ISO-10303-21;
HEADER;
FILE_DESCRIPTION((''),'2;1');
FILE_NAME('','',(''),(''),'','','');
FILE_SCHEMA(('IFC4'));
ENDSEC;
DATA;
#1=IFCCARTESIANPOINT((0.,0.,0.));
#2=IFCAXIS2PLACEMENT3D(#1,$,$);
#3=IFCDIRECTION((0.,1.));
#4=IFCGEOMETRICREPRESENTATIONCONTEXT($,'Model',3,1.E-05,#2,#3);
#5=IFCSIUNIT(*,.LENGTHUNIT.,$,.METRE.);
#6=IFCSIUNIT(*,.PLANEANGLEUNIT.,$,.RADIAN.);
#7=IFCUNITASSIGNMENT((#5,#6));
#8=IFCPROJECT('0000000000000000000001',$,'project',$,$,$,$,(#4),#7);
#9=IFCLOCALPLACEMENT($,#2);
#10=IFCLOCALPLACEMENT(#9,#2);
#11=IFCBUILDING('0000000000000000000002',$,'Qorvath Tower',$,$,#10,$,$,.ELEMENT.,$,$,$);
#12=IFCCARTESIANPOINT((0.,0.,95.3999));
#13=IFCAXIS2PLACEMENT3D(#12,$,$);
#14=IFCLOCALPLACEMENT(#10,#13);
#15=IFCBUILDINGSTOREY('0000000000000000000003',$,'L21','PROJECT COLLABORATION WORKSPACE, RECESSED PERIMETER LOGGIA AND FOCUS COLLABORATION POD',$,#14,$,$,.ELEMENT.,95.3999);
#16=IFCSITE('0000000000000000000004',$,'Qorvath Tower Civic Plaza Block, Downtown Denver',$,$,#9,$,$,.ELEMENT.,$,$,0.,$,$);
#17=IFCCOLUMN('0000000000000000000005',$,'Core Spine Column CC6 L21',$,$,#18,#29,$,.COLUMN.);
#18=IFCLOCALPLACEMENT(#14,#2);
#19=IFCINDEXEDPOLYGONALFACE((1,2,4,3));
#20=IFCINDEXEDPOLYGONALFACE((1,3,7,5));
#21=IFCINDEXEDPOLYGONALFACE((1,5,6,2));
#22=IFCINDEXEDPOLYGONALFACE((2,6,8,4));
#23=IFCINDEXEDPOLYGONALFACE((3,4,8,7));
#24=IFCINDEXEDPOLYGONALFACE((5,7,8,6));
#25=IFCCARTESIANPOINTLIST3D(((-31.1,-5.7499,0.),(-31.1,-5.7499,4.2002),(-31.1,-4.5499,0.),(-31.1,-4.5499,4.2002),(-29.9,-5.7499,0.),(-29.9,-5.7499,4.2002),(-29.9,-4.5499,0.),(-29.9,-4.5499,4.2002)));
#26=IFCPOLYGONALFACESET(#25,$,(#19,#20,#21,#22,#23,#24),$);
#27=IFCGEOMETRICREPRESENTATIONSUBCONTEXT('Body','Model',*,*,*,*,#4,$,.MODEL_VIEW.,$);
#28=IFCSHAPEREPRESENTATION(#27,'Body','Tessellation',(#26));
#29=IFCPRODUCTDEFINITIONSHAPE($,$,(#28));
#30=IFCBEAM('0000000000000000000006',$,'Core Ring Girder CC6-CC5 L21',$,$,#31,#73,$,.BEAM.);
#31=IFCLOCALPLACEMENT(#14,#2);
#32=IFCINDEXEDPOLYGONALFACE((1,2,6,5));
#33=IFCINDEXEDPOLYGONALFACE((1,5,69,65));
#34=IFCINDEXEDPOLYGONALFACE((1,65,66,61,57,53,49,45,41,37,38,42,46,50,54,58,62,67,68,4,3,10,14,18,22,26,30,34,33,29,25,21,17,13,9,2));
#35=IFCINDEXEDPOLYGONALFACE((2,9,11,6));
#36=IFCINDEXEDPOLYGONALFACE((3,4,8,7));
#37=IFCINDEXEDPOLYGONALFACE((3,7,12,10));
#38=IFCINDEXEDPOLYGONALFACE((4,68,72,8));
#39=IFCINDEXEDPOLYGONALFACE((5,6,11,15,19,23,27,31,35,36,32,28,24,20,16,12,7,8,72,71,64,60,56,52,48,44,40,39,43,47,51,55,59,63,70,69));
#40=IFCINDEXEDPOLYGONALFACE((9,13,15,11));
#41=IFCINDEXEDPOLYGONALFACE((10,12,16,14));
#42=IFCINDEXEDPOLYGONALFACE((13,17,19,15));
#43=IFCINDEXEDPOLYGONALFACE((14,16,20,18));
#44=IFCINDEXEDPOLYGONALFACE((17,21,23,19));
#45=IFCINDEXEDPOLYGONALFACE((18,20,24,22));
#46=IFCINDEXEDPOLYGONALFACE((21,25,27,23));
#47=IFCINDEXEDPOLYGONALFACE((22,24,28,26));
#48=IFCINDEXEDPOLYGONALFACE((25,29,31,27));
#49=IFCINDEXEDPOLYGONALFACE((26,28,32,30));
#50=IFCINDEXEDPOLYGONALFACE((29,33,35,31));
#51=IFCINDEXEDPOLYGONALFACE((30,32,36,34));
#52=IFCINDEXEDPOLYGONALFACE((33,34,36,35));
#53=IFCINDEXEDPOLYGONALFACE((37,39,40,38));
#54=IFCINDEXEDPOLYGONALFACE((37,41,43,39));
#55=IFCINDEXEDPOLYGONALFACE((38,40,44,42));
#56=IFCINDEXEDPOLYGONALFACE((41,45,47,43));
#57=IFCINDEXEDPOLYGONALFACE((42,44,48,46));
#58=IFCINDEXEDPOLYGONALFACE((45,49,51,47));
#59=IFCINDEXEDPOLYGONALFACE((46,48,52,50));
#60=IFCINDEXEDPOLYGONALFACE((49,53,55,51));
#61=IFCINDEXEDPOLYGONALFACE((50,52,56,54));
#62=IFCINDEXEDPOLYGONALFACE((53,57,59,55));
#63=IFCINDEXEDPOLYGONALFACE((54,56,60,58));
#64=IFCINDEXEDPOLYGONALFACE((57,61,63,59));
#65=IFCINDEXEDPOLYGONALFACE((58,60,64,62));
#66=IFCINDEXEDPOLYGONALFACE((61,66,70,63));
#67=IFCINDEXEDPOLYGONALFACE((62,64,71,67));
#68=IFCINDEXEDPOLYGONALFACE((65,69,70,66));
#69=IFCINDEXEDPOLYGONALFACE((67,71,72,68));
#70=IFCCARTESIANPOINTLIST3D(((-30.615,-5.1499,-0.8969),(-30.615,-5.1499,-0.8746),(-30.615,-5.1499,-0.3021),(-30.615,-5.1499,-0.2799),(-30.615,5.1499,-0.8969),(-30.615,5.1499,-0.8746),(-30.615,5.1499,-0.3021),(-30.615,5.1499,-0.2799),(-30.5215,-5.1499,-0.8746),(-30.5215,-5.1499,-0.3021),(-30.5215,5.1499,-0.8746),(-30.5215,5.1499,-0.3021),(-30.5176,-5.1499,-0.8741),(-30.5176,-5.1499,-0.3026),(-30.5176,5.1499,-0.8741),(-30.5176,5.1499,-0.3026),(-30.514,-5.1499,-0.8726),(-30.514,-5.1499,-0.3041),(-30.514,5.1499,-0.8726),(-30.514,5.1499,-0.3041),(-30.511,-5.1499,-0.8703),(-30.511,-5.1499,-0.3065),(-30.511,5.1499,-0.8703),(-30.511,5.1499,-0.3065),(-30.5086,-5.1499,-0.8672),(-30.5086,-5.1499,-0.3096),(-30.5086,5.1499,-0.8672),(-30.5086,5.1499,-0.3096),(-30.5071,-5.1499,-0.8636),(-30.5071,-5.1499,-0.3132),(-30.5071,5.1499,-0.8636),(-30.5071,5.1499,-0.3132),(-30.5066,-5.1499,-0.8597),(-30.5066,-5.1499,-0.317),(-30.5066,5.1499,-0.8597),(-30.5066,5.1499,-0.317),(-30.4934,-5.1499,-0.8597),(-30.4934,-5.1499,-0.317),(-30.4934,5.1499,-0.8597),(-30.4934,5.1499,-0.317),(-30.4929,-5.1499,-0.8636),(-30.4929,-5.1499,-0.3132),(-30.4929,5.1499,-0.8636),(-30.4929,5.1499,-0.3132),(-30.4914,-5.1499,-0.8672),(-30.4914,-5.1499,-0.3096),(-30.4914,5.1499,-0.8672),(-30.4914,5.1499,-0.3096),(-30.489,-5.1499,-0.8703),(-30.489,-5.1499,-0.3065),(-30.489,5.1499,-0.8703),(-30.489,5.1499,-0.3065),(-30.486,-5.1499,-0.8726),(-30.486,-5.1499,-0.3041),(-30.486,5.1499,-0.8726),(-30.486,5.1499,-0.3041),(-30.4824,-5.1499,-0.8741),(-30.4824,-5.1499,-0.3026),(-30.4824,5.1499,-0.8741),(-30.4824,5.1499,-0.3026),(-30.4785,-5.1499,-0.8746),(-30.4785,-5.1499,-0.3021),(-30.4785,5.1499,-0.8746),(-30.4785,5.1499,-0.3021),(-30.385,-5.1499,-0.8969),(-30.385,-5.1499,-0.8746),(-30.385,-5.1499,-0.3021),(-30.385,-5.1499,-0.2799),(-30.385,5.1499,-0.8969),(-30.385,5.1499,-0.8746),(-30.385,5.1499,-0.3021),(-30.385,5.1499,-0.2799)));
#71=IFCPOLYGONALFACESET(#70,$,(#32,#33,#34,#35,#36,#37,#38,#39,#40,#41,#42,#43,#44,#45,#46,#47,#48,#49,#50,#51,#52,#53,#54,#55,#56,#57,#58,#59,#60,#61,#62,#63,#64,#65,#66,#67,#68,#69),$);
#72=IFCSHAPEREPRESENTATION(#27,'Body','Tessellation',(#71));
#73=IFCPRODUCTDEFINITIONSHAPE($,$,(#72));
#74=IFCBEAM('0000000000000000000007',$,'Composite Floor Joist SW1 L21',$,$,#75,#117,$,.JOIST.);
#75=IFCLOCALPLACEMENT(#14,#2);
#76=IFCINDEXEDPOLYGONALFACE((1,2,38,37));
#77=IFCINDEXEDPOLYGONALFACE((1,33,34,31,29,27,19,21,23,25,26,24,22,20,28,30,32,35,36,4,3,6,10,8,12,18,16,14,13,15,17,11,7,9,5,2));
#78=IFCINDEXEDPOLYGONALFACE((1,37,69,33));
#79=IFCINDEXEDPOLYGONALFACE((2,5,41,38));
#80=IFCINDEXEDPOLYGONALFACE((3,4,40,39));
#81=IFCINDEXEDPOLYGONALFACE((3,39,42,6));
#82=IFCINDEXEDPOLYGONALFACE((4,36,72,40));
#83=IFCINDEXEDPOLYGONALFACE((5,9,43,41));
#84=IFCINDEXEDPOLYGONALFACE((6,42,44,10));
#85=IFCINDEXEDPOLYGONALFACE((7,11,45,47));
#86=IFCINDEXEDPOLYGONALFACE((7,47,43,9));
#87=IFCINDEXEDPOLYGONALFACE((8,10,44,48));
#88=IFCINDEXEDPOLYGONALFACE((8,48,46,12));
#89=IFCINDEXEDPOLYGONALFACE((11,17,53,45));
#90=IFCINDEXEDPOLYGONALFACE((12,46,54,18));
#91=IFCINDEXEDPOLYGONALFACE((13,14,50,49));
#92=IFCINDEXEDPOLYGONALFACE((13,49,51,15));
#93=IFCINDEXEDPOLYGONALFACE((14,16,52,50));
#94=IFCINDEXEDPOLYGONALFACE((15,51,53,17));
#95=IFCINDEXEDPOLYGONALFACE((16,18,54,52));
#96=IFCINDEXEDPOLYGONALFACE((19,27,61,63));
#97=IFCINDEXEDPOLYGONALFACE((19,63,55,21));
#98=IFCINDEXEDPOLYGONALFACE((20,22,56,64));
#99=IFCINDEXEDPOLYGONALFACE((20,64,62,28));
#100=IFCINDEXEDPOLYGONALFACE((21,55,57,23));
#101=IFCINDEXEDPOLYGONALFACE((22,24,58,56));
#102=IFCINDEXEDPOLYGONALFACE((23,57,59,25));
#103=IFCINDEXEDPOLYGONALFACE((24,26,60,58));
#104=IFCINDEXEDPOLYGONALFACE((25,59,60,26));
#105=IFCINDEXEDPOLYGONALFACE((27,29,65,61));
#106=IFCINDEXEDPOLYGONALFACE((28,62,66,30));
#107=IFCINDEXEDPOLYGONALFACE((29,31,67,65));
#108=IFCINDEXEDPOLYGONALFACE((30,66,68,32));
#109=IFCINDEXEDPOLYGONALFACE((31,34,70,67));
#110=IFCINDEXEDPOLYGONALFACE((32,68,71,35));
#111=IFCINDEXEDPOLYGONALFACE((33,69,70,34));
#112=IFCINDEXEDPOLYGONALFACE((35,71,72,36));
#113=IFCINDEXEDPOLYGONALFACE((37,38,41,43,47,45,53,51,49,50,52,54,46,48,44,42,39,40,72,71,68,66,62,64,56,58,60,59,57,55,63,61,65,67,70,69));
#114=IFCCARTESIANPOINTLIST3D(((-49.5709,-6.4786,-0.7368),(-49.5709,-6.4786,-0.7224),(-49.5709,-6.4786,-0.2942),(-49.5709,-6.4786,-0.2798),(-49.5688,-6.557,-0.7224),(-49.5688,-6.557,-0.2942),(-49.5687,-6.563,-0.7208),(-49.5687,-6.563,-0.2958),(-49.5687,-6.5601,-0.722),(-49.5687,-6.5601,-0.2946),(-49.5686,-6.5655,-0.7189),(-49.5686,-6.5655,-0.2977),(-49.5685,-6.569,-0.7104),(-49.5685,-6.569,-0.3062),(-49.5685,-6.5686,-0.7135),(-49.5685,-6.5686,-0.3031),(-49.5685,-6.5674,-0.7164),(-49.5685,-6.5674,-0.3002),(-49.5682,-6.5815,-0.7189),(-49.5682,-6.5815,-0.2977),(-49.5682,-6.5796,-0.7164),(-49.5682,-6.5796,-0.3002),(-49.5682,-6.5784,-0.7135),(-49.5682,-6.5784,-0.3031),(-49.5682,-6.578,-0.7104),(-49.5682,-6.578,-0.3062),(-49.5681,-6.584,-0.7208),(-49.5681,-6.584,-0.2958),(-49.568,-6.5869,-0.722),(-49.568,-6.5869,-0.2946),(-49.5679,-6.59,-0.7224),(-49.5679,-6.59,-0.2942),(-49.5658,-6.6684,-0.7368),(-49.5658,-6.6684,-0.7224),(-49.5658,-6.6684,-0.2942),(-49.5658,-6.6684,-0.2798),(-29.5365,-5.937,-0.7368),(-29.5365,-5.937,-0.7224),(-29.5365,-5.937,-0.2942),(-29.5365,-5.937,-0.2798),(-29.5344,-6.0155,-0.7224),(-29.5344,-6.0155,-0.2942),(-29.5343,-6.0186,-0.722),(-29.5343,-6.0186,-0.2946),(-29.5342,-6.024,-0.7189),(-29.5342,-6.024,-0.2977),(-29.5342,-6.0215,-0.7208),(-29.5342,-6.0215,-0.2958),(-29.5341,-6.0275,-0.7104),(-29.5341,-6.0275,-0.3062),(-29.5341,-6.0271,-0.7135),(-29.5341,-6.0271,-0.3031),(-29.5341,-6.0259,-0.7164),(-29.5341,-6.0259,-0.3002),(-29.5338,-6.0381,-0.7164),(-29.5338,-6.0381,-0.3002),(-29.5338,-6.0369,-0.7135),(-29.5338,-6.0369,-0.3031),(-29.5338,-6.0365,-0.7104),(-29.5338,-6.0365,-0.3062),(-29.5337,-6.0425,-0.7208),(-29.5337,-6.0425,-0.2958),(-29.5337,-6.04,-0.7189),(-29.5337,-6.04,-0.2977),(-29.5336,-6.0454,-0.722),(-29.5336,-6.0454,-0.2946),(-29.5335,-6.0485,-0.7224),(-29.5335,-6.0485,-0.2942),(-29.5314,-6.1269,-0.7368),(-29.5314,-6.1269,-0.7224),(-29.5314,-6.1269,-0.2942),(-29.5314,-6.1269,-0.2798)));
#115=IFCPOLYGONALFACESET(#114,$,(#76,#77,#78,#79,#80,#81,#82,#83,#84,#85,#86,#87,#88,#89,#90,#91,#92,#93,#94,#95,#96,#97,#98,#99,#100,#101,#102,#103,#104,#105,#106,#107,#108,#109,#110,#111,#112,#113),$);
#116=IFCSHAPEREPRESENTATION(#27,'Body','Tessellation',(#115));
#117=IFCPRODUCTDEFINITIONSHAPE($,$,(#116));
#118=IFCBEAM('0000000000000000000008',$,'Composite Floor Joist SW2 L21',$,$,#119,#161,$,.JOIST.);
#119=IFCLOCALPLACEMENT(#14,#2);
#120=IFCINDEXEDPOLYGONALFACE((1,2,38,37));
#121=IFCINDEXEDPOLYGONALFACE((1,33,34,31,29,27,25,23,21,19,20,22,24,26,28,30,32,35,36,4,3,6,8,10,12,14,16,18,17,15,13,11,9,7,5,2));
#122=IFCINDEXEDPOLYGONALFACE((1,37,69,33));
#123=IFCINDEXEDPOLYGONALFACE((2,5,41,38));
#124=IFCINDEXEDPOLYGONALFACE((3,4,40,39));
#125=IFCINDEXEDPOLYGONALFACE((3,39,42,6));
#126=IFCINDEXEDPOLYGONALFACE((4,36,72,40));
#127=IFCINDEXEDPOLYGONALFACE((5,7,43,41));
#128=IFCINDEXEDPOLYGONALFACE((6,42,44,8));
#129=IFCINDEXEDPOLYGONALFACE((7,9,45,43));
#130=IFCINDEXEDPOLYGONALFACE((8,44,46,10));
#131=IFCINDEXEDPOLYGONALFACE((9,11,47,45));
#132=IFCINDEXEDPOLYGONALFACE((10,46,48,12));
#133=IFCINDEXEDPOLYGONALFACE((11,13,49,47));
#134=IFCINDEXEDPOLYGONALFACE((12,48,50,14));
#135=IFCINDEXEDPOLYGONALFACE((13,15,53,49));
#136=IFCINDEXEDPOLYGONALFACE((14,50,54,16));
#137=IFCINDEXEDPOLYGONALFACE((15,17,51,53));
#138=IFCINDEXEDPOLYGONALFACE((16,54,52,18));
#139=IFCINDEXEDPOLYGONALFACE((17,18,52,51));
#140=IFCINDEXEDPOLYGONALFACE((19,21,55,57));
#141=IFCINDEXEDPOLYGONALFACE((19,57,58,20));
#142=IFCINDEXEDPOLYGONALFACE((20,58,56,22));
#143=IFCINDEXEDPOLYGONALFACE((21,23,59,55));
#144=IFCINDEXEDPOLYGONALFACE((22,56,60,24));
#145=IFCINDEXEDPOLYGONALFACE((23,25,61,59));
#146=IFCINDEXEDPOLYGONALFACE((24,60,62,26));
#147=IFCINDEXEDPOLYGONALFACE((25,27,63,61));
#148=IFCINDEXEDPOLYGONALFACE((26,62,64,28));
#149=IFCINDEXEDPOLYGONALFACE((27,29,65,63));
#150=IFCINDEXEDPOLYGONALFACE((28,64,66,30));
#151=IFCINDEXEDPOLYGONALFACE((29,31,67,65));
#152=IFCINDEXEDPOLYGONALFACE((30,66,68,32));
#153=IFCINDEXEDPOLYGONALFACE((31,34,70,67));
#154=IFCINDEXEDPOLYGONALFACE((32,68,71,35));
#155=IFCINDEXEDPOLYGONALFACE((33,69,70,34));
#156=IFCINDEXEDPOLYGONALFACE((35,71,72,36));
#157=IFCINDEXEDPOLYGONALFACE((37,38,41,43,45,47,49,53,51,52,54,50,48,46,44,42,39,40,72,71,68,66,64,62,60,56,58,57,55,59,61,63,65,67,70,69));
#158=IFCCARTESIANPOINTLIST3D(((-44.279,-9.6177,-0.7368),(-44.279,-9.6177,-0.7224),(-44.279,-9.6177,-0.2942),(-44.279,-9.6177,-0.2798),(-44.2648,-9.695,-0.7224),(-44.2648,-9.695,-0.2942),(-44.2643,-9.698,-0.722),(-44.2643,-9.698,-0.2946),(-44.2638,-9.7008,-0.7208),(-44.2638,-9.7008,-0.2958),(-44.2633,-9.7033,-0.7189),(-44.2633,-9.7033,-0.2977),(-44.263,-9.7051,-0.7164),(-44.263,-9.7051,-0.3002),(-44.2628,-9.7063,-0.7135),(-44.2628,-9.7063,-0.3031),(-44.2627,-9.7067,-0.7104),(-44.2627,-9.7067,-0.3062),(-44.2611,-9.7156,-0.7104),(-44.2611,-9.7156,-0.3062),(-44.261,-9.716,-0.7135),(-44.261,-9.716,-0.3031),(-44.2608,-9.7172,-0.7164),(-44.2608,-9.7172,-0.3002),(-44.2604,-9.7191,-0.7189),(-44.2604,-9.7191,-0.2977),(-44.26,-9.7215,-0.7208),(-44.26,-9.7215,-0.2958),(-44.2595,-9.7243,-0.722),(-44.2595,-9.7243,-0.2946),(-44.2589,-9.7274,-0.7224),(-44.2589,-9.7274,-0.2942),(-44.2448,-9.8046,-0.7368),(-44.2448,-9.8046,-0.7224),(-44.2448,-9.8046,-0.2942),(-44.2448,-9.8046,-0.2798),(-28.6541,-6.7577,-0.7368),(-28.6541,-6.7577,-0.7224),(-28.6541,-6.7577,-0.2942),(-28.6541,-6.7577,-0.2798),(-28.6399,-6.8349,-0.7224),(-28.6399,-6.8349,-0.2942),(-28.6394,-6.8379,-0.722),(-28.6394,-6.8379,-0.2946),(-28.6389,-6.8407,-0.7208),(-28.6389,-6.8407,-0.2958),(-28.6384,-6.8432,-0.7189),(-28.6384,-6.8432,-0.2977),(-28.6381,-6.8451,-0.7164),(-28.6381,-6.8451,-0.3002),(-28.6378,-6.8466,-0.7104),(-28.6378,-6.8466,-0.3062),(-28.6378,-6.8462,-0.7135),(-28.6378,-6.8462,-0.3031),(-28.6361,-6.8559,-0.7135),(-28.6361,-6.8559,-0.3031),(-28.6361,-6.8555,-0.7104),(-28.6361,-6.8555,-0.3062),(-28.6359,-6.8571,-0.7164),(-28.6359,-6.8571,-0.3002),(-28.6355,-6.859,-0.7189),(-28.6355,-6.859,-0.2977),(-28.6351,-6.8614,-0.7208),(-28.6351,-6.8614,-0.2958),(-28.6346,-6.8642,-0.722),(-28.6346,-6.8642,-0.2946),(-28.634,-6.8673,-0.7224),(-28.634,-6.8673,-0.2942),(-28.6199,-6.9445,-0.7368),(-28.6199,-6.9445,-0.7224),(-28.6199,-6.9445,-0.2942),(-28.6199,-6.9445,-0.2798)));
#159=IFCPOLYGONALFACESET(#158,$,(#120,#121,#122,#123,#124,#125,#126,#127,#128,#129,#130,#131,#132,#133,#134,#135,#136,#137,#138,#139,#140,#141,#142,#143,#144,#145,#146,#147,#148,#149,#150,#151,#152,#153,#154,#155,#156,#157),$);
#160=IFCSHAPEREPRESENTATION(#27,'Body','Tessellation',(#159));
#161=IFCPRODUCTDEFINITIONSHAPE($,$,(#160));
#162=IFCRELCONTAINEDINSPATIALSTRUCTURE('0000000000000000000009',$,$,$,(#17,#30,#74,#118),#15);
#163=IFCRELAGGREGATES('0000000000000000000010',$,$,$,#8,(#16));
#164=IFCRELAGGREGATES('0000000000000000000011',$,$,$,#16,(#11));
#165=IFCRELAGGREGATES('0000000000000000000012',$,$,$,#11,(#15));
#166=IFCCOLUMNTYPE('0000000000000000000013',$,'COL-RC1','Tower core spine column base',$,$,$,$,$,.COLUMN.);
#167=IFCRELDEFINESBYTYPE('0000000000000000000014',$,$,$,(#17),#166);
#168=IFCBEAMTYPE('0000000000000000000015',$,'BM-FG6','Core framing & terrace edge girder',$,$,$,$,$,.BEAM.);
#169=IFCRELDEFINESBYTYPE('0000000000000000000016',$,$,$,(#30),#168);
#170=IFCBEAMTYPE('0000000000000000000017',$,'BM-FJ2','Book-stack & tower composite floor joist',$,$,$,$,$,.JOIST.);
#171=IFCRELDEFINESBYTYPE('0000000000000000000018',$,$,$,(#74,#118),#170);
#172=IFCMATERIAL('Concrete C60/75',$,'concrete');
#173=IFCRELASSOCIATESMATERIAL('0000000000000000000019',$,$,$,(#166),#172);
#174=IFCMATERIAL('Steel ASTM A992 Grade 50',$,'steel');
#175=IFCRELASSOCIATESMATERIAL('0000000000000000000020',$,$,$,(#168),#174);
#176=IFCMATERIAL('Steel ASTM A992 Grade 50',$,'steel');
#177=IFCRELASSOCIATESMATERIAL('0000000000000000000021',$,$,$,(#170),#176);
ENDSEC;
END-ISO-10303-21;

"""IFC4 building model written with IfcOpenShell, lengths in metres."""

from ifc_helpers import new_model, si_unit, direction, frame, origin, origin_2d, place, context, subcontext, project, spatial, rectangle, i_section, extrude, material, material_profile, profile_set, type_object, element, save


model = new_model("IFC4")

# Units and contexts
model_context = context("Model", 3, precision=1e-05, world=origin(), true_north=direction((0.0, 1.0)))
body_context = subcontext(model_context, "Body", "Model", "MODEL_VIEW")
ifc_project = project(units=[si_unit("LENGTHUNIT", "METRE"), si_unit("PLANEANGLEUNIT", "RADIAN")], contexts=[model_context])

# Site, building, storey
site_placement = place(None, origin())
site = spatial("IfcSite", under=ifc_project, at=site_placement, Name="Qorvath Tower Civic Plaza Block, Downtown Denver", CompositionType="ELEMENT", RefElevation=0.0)
building_placement = place(site_placement, origin())
building = spatial("IfcBuilding", under=site, at=building_placement, Name="Qorvath Tower", CompositionType="ELEMENT")
storey_placement = place(building_placement, frame((0.0, 0.0, 95.3999)))
storey = spatial("IfcBuildingStorey", under=building, at=storey_placement, Name="L21", Description="PROJECT COLLABORATION WORKSPACE, RECESSED PERIMETER LOGGIA AND FOCUS COLLABORATION POD", CompositionType="ELEMENT", Elevation=95.3999)

# Column
ifc_material_1 = material(Name="Concrete C60/75", Category="concrete")
ifc_material_profile_1 = material_profile(ifc_material_1, rectangle(XDim=1.2, YDim=1.2, at=origin_2d()), Name="RC 1200x1200")
ifc_profile_set_1 = profile_set([ifc_material_profile_1], Name="Concrete C60/75")
column_type = type_object("IfcColumnType", Name="COL-RC1", Description="Tower core spine column base", PredefinedType="COLUMN", material=ifc_profile_set_1)
column_placement = place(storey_placement, frame((-30.5, -5.1499, 0.0), z_axis=(0.0, 0.0, 1.0), x_axis=(1.0, 0.0, 0.0)))
element("IfcColumn", 1, at=column_placement, inside=storey, type_object=column_type, Name="Core Spine Column CC6 L21", PredefinedType="COLUMN", context=body_context, shape_type="SweptSolid", body=[
    extrude(rectangle(XDim=1.2, YDim=1.2, at=origin_2d()), origin(), (0.0, 0.0, 1.0), 4.2002),
])

# Beams
ifc_material_2 = material(Name="Steel ASTM A992 Grade 50", Category="steel")
ifc_material_profile_2 = material_profile(ifc_material_2, i_section(OverallWidth=0.23, OverallDepth=0.6169, WebThickness=0.0132, FlangeThickness=0.0222, FilletRadius=0.0149, at=origin_2d()), Name="W24x94")
ifc_profile_set_2 = profile_set([ifc_material_profile_2], Name="Steel ASTM A992 Grade 50")
beam_type_1 = type_object("IfcBeamType", Name="BM-FG6", Description="Core framing & terrace edge girder", PredefinedType="BEAM", material=ifc_profile_set_2)
beam_1_placement = place(storey_placement, frame((-30.5, -5.1499, -0.5884), z_axis=(0.0, 1.0, 0.0), x_axis=(-1.0, 0.0, 0.0)))
element("IfcBeam", 2, at=beam_1_placement, inside=storey, type_object=beam_type_1, Name="Core Ring Girder CC6-CC5 L21", PredefinedType="BEAM", context=body_context, shape_type="SweptSolid", body=[
    extrude(i_section(OverallWidth=0.23, OverallDepth=0.6169, WebThickness=0.0132, FlangeThickness=0.0222, FilletRadius=0.0149, at=origin_2d()), origin(), (0.0, 0.0, 1.0), 10.2998),
])
ifc_material_3 = material(Name="Steel ASTM A992 Grade 50", Category="steel")
ifc_material_profile_3 = material_profile(ifc_material_3, i_section(OverallWidth=0.1899, OverallDepth=0.457, WebThickness=0.009, FlangeThickness=0.0144, FilletRadius=0.012, at=origin_2d()), Name="W18x50")
ifc_profile_set_3 = profile_set([ifc_material_profile_3], Name="Steel ASTM A992 Grade 50")
beam_type_2 = type_object("IfcBeamType", Name="BM-FJ2", Description="Book-stack & tower composite floor joist", PredefinedType="JOIST", material=ifc_profile_set_3)
beam_2_placement = place(storey_placement, frame((-29.5339, -6.032, -0.5083), z_axis=(-0.999635, -0.027019, 0.0), x_axis=(0.027019, -0.999635, 0.0)))
element("IfcBeam", 3, at=beam_2_placement, inside=storey, type_object=beam_type_2, Name="Composite Floor Joist SW1 L21", PredefinedType="JOIST", context=body_context, shape_type="SweptSolid", body=[
    extrude(i_section(OverallWidth=0.1899, OverallDepth=0.457, WebThickness=0.009, FlangeThickness=0.0144, FilletRadius=0.012, at=origin_2d()), origin(), (0.0, 0.0, 1.0), 20.0417),
])
beam_3_placement = place(storey_placement, frame((-28.637, -6.8511, -0.5083), z_axis=(-0.983656, -0.180055, 0.0), x_axis=(0.180055, -0.983656, 0.0)))
element("IfcBeam", 4, at=beam_3_placement, inside=storey, type_object=beam_type_2, Name="Composite Floor Joist SW2 L21", PredefinedType="JOIST", context=body_context, shape_type="SweptSolid", body=[
    extrude(i_section(OverallWidth=0.1899, OverallDepth=0.457, WebThickness=0.009, FlangeThickness=0.0144, FilletRadius=0.012, at=origin_2d()), origin(), (0.0, 0.0, 1.0), 15.8845),
])

save(model, "model.ifc")
